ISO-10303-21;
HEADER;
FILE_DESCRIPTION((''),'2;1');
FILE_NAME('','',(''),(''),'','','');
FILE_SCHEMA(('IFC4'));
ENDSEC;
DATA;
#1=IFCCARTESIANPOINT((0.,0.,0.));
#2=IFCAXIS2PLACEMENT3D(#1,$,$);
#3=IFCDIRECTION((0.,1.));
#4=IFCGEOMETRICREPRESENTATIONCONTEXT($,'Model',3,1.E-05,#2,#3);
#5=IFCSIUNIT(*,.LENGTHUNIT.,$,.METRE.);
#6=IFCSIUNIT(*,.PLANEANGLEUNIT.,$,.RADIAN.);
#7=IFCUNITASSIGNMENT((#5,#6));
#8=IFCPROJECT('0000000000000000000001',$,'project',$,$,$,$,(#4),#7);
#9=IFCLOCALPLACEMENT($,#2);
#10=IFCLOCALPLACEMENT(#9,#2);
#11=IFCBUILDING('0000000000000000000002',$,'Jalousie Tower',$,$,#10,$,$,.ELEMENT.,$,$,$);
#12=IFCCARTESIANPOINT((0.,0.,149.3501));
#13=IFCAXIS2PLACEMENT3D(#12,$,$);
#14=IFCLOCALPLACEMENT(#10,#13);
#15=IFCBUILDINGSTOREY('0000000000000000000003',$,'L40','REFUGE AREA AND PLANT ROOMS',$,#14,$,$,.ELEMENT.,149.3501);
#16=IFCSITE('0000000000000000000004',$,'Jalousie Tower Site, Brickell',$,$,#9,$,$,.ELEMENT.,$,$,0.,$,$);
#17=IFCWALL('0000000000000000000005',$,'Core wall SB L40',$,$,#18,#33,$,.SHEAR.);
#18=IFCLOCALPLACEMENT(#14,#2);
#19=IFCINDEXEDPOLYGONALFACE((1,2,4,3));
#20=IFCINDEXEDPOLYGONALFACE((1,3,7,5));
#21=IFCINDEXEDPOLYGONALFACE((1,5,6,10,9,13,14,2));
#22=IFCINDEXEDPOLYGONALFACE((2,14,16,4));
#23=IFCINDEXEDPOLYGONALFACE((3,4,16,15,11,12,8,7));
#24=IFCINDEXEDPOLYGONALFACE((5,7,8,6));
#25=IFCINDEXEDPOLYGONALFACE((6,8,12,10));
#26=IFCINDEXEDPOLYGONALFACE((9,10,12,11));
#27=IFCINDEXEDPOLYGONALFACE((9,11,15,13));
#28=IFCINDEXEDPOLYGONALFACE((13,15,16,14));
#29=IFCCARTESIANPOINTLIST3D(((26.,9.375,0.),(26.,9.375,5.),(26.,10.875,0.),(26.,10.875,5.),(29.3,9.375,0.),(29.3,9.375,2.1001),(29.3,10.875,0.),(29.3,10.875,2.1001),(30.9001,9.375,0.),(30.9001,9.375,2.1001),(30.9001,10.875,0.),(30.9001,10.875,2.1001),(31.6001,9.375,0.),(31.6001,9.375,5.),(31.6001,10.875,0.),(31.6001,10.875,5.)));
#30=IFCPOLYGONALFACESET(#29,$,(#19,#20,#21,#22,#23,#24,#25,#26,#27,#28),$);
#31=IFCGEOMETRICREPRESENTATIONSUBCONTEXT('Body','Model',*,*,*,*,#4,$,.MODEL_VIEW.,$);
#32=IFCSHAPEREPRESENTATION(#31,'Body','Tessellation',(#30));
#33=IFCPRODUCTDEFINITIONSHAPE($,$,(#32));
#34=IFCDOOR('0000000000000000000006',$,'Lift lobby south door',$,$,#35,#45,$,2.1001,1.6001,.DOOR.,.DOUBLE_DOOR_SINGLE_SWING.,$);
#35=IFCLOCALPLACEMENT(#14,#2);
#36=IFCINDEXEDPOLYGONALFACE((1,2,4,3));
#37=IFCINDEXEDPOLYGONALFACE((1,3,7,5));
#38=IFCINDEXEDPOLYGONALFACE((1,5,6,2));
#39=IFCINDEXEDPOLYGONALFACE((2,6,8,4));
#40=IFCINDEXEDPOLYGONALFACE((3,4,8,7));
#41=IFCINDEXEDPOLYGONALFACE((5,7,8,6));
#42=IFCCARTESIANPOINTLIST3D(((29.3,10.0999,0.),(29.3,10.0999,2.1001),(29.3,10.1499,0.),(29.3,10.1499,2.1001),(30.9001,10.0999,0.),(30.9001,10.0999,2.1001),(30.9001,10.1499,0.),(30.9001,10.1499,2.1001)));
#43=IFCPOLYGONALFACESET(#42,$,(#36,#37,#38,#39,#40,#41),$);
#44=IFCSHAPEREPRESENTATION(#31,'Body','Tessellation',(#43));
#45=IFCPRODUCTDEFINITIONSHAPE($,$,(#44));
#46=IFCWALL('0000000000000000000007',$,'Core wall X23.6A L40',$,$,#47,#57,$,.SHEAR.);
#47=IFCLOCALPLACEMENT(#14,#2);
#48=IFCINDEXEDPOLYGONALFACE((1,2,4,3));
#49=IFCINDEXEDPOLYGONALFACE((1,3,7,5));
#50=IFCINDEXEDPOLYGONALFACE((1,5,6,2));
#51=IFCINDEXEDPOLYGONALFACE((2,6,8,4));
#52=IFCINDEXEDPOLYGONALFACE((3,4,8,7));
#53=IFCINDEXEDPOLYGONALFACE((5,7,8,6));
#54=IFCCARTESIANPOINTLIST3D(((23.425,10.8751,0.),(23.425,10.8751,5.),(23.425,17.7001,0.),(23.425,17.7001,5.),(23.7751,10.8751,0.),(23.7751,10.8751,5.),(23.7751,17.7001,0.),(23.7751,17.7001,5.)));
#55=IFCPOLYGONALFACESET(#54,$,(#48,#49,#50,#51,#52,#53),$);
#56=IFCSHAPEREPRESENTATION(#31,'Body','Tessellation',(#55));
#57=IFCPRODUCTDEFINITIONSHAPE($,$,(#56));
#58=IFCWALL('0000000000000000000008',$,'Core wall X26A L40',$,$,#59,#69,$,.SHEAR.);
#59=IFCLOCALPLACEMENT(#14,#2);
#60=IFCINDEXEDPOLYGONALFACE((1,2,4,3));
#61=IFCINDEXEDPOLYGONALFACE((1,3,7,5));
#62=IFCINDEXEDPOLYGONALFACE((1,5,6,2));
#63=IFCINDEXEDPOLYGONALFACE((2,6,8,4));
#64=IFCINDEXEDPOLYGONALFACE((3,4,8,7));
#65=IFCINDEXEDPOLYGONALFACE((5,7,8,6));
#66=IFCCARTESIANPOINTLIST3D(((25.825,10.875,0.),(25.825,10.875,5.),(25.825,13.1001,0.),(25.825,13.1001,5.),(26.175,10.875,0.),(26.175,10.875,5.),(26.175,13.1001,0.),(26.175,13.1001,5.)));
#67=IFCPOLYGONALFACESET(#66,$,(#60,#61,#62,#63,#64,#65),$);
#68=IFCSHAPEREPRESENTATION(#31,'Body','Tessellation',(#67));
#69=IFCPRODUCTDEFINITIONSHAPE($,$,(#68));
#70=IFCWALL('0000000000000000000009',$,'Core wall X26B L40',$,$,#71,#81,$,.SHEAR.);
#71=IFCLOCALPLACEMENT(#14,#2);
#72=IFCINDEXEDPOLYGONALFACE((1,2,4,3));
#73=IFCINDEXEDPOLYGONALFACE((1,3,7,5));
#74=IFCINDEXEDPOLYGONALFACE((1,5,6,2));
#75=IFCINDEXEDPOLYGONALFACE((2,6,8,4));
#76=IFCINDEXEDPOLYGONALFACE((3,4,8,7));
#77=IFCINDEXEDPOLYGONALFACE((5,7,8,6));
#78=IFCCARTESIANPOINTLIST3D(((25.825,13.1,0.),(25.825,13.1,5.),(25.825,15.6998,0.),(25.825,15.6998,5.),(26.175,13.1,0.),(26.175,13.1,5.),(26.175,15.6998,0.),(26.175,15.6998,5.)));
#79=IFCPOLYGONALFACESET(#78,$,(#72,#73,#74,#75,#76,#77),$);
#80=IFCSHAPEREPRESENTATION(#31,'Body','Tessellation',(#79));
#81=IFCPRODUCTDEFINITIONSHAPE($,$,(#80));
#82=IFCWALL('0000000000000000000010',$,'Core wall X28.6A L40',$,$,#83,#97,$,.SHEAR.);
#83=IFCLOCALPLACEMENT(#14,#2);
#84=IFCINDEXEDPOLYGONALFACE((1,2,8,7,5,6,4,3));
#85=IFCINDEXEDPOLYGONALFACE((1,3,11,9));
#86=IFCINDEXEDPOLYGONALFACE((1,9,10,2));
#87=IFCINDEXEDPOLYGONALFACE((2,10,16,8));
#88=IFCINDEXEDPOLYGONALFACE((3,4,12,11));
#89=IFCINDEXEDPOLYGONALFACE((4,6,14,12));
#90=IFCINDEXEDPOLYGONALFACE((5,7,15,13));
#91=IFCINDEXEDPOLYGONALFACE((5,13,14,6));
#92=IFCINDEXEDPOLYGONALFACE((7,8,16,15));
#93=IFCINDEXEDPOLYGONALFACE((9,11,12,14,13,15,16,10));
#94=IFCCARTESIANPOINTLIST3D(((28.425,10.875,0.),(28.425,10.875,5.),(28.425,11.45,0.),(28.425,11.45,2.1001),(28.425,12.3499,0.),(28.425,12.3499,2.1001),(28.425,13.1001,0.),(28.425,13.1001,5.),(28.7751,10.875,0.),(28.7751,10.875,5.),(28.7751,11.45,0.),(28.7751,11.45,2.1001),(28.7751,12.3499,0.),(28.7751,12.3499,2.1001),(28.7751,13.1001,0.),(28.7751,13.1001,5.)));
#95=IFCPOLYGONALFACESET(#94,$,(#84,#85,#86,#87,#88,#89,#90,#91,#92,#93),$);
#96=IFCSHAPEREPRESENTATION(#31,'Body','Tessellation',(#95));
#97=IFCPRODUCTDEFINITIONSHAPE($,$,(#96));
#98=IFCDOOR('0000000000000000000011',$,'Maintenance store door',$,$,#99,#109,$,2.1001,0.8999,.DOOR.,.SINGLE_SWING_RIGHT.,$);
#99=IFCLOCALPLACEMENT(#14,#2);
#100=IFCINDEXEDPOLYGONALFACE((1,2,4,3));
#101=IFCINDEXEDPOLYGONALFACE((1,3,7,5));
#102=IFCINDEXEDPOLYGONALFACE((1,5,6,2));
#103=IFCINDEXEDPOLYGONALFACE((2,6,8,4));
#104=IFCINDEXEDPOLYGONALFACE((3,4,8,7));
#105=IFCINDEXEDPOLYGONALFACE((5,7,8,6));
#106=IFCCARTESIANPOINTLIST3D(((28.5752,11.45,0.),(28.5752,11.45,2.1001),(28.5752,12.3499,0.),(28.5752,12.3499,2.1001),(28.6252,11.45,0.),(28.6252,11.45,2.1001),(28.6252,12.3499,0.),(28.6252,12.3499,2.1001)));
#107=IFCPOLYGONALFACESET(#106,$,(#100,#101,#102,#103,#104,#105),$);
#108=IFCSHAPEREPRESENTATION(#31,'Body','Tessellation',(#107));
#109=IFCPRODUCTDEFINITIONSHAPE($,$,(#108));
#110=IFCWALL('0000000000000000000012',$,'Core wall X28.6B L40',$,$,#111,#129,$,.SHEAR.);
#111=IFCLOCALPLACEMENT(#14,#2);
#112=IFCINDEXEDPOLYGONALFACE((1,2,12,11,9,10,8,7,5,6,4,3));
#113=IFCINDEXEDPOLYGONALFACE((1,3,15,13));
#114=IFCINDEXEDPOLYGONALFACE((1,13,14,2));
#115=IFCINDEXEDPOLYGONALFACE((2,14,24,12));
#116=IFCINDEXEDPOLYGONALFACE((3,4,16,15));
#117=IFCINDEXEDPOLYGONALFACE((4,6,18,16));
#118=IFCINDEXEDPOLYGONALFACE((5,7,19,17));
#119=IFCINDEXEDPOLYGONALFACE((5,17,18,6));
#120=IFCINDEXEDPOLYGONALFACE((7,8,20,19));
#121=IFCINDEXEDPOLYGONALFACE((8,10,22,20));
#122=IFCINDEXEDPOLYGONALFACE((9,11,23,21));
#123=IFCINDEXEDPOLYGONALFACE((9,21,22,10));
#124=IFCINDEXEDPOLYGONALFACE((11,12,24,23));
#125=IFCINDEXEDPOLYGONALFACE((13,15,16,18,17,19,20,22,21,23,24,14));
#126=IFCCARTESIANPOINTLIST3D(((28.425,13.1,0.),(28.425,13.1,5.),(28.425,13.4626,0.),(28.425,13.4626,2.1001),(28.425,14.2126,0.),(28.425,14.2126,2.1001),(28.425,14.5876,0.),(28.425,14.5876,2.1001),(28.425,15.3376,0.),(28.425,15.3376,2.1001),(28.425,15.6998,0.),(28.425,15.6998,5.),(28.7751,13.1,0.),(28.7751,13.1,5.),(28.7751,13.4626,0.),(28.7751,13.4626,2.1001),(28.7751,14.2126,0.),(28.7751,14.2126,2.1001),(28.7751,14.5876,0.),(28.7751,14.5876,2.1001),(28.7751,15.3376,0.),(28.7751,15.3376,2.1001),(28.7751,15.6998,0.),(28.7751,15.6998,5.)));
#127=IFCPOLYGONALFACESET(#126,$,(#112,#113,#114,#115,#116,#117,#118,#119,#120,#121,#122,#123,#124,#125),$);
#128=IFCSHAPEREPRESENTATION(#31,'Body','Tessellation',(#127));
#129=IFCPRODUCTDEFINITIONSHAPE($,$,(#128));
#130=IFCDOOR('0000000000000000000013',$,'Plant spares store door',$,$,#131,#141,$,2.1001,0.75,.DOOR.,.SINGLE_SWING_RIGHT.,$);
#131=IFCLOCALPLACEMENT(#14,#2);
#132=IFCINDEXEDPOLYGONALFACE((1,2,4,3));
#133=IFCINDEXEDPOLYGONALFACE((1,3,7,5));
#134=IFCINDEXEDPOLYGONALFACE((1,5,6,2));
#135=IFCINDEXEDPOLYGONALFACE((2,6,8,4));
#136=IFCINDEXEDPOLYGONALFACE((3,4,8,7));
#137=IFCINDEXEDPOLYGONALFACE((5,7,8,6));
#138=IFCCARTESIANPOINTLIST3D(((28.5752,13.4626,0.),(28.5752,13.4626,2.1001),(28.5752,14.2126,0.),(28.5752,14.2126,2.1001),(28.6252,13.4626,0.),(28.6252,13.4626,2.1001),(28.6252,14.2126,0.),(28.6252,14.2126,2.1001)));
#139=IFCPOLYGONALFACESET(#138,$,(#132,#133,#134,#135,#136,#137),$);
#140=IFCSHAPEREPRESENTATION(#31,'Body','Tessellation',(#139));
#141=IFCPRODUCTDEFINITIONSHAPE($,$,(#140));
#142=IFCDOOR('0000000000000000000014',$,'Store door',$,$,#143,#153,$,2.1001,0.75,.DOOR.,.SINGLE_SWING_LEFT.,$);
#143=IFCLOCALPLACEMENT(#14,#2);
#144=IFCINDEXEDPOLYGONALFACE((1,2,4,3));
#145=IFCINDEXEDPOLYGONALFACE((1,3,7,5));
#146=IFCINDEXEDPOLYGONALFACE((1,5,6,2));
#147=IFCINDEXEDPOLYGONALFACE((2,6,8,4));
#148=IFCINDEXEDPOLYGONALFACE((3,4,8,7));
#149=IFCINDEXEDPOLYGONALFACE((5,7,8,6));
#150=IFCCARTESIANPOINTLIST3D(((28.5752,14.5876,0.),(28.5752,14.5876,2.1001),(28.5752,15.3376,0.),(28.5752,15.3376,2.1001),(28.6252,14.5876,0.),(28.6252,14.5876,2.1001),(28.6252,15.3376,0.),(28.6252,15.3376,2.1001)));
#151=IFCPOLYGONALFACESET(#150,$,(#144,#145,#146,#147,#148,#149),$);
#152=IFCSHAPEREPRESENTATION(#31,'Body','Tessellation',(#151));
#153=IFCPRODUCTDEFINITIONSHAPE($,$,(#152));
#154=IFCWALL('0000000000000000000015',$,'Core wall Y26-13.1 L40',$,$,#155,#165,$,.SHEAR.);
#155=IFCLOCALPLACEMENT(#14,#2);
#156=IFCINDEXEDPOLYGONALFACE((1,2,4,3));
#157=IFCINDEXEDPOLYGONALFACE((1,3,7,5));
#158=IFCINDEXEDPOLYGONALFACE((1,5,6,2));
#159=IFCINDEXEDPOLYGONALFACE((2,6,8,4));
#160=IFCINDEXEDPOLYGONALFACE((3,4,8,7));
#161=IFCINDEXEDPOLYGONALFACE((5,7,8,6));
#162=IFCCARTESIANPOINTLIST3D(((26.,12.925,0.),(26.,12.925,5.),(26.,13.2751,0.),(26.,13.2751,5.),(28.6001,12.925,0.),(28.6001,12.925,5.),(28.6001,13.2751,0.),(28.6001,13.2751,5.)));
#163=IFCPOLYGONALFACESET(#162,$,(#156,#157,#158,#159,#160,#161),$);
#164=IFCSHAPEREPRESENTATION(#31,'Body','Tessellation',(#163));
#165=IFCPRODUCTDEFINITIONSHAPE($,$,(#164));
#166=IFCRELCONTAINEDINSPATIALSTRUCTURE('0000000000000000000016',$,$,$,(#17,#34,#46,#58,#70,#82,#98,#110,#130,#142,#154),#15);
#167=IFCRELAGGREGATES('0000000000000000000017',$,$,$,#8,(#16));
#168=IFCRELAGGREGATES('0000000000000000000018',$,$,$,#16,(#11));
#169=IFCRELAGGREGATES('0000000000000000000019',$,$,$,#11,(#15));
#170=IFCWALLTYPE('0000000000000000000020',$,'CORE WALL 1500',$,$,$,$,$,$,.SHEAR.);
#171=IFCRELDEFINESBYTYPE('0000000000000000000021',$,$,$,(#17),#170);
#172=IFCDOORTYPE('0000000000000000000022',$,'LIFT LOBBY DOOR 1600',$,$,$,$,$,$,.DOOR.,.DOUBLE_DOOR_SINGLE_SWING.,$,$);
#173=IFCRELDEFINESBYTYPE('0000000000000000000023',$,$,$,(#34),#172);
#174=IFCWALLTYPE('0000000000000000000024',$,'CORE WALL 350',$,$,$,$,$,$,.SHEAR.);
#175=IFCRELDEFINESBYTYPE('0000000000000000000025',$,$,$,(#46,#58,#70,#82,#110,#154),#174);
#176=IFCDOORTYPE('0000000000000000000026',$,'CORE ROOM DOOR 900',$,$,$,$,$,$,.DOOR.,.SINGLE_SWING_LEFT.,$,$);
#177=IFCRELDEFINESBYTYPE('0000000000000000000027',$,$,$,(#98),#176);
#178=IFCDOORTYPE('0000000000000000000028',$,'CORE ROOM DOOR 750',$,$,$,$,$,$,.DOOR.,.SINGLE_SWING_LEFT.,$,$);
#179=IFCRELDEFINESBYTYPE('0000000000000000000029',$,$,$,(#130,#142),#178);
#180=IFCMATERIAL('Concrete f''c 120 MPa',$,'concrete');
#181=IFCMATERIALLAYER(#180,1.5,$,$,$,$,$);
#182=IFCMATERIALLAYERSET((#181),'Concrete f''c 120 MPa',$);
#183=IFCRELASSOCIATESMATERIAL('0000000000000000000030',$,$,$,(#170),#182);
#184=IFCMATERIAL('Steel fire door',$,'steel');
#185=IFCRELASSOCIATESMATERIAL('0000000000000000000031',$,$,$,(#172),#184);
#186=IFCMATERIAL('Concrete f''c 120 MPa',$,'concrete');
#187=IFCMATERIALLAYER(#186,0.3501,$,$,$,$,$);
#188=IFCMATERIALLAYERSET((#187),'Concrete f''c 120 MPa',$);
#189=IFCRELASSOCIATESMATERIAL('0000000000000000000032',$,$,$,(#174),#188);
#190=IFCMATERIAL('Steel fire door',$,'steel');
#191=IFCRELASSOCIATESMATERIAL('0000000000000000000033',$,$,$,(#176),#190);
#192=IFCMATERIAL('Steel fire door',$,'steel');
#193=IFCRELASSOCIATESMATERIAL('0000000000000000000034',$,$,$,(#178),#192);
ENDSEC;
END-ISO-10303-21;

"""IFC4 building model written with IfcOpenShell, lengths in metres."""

from ifc_helpers import new_model, si_unit, direction, frame, frame_2d, origin, place, context, subcontext, project, spatial, rectangle, extrude, material, layer, layer_set, type_object, element, fill, save


model = new_model("IFC4")

# Units and contexts
model_context = context("Model", 3, precision=1e-05, world=origin(), true_north=direction((0.0, 1.0)))
body_context = subcontext(model_context, "Body", "Model", "MODEL_VIEW")
ifc_project = project(units=[si_unit("LENGTHUNIT", "METRE"), si_unit("PLANEANGLEUNIT", "RADIAN")], contexts=[model_context])

# Site, building, storey
site_placement = place(None, origin())
site = spatial("IfcSite", under=ifc_project, at=site_placement, Name="Jalousie Tower Site, Brickell", CompositionType="ELEMENT", RefElevation=0.0)
building_placement = place(site_placement, origin())
building = spatial("IfcBuilding", under=site, at=building_placement, Name="Jalousie Tower", CompositionType="ELEMENT")
storey_placement = place(building_placement, frame((0.0, 0.0, 149.3501)))
storey = spatial("IfcBuildingStorey", under=building, at=storey_placement, Name="L40", Description="REFUGE AREA AND PLANT ROOMS", CompositionType="ELEMENT", Elevation=149.3501)

# Wall, opening, door
ifc_material_1 = material(Name="Concrete f'c 120 MPa", Category="concrete")
ifc_layer_1 = layer(ifc_material_1, 1.5)
ifc_layer_set_1 = layer_set([ifc_layer_1], Name="Concrete f'c 120 MPa")
wall_type_1 = type_object("IfcWallType", Name="CORE WALL 1500", PredefinedType="SHEAR", material=ifc_layer_set_1)
wall_1_placement = place(storey_placement, frame((26.0, 10.125, 0.0), z_axis=(0.0, 0.0, 1.0), x_axis=(1.0, 0.0, 0.0)))
wall_1 = element("IfcWall", 1, at=wall_1_placement, inside=storey, type_object=wall_type_1, Name="Core wall SB L40", PredefinedType="SHEAR", context=body_context, shape_type="SweptSolid", body=[
    extrude(rectangle(XDim=5.6001, YDim=1.5, at=frame_2d((2.8, 0.0))), origin(), (0.0, 0.0, 1.0), 5.0),
])
opening_1_placement = place(wall_1_placement, frame((3.3, 0.0, 0.0)))
opening_1 = element("IfcOpeningElement", 2, at=opening_1_placement, cuts=wall_1, PredefinedType="OPENING", context=body_context, shape_type="SweptSolid", body=[
    extrude(rectangle(XDim=1.6001, YDim=2.1001, at=frame_2d((0.8, 1.05))), frame((0.0, 0.76, 0.0), z_axis=(0.0, -1.0, 0.0), x_axis=(1.0, 0.0, 0.0)), (0.0, 0.0, 1.0), 1.52),
])
ifc_material_2 = material(Name="Steel fire door", Category="steel")
door_type_1 = type_object("IfcDoorType", Name="LIFT LOBBY DOOR 1600", OperationType="DOUBLE_DOOR_SINGLE_SWING", PredefinedType="DOOR", material=ifc_material_2)
door_1_placement = place(opening_1_placement, origin())
door_1 = element("IfcDoor", 3, at=door_1_placement, inside=storey, type_object=door_type_1, Name="Lift lobby south door", OperationType="DOUBLE_DOOR_SINGLE_SWING", OverallHeight=2.1001, OverallWidth=1.6001, PredefinedType="DOOR", context=body_context, shape_type="SweptSolid", body=[
    extrude(rectangle(XDim=1.6001, YDim=2.1001, at=frame_2d((0.8, 1.05))), frame((0.0, 0.0249, 0.0), z_axis=(0.0, -1.0, 0.0), x_axis=(1.0, 0.0, 0.0)), (0.0, 0.0, 1.0), 0.05),
])
fill(opening_1, door_1)

# Walls
ifc_material_3 = material(Name="Concrete f'c 120 MPa", Category="concrete")
ifc_layer_2 = layer(ifc_material_3, 0.3501)
ifc_layer_set_2 = layer_set([ifc_layer_2], Name="Concrete f'c 120 MPa")
wall_type_2 = type_object("IfcWallType", Name="CORE WALL 350", PredefinedType="SHEAR", material=ifc_layer_set_2)
wall_2_placement = place(storey_placement, frame((23.6001, 10.875, 0.0), z_axis=(0.0, 0.0, 1.0), x_axis=(0.0, 1.0, 0.0)))
element("IfcWall", 4, at=wall_2_placement, inside=storey, type_object=wall_type_2, Name="Core wall X23.6A L40", PredefinedType="SHEAR", context=body_context, shape_type="SweptSolid", body=[
    extrude(rectangle(XDim=6.825, YDim=0.3501, at=frame_2d((3.4126, 0.0))), origin(), (0.0, 0.0, 1.0), 5.0),
])
wall_3_placement = place(storey_placement, frame((26.0, 10.875, 0.0), z_axis=(0.0, 0.0, 1.0), x_axis=(0.0, 1.0, 0.0)))
element("IfcWall", 5, at=wall_3_placement, inside=storey, type_object=wall_type_2, Name="Core wall X26A L40", PredefinedType="SHEAR", context=body_context, shape_type="SweptSolid", body=[
    extrude(rectangle(XDim=2.2251, YDim=0.3501, at=frame_2d((1.1125, 0.0))), origin(), (0.0, 0.0, 1.0), 5.0),
])
wall_4_placement = place(storey_placement, frame((26.0, 13.1001, 0.0), z_axis=(0.0, 0.0, 1.0), x_axis=(0.0, 1.0, 0.0)))
element("IfcWall", 6, at=wall_4_placement, inside=storey, type_object=wall_type_2, Name="Core wall X26B L40", PredefinedType="SHEAR", context=body_context, shape_type="SweptSolid", body=[
    extrude(rectangle(XDim=2.5999, YDim=0.3501, at=frame_2d((1.2998, 0.0))), origin(), (0.0, 0.0, 1.0), 5.0),
])

# Wall, opening, door
wall_5_placement = place(storey_placement, frame((28.6001, 10.875, 0.0), z_axis=(0.0, 0.0, 1.0), x_axis=(0.0, 1.0, 0.0)))
wall_5 = element("IfcWall", 7, at=wall_5_placement, inside=storey, type_object=wall_type_2, Name="Core wall X28.6A L40", PredefinedType="SHEAR", context=body_context, shape_type="SweptSolid", body=[
    extrude(rectangle(XDim=2.2251, YDim=0.3501, at=frame_2d((1.1125, 0.0))), origin(), (0.0, 0.0, 1.0), 5.0),
])
opening_2_placement = place(wall_5_placement, frame((0.575, 0.0, 0.0)))
opening_2 = element("IfcOpeningElement", 8, at=opening_2_placement, cuts=wall_5, PredefinedType="OPENING", context=body_context, shape_type="SweptSolid", body=[
    extrude(rectangle(XDim=0.8999, YDim=2.1001, at=frame_2d((0.45, 1.05))), frame((0.0, 0.1851, 0.0), z_axis=(0.0, -1.0, 0.0), x_axis=(1.0, 0.0, 0.0)), (0.0, 0.0, 1.0), 0.3701),
])
ifc_material_4 = material(Name="Steel fire door", Category="steel")
door_type_2 = type_object("IfcDoorType", Name="CORE ROOM DOOR 900", OperationType="SINGLE_SWING_LEFT", PredefinedType="DOOR", material=ifc_material_4)
door_2_placement = place(opening_2_placement, origin())
door_2 = element("IfcDoor", 9, at=door_2_placement, inside=storey, type_object=door_type_2, Name="Maintenance store door", OperationType="SINGLE_SWING_RIGHT", OverallHeight=2.1001, OverallWidth=0.8999, PredefinedType="DOOR", context=body_context, shape_type="SweptSolid", body=[
    extrude(rectangle(XDim=0.8999, YDim=2.1001, at=frame_2d((0.45, 1.05))), frame((0.0, 0.0249, 0.0), z_axis=(0.0, -1.0, 0.0), x_axis=(1.0, 0.0, 0.0)), (0.0, 0.0, 1.0), 0.05),
])
fill(opening_2, door_2)

# Wall, openings, doors
wall_6_placement = place(storey_placement, frame((28.6001, 13.1001, 0.0), z_axis=(0.0, 0.0, 1.0), x_axis=(0.0, 1.0, 0.0)))
wall_6 = element("IfcWall", 10, at=wall_6_placement, inside=storey, type_object=wall_type_2, Name="Core wall X28.6B L40", PredefinedType="SHEAR", context=body_context, shape_type="SweptSolid", body=[
    extrude(rectangle(XDim=2.5999, YDim=0.3501, at=frame_2d((1.2998, 0.0))), origin(), (0.0, 0.0, 1.0), 5.0),
])
opening_3_placement = place(wall_6_placement, frame((0.3625, 0.0, 0.0)))
opening_3 = element("IfcOpeningElement", 11, at=opening_3_placement, cuts=wall_6, PredefinedType="OPENING", context=body_context, shape_type="SweptSolid", body=[
    extrude(rectangle(XDim=0.75, YDim=2.1001, at=frame_2d((0.375, 1.05))), frame((0.0, 0.1851, 0.0), z_axis=(0.0, -1.0, 0.0), x_axis=(1.0, 0.0, 0.0)), (0.0, 0.0, 1.0), 0.3701),
])
opening_4_placement = place(wall_6_placement, frame((1.4875, 0.0, 0.0)))
opening_4 = element("IfcOpeningElement", 12, at=opening_4_placement, cuts=wall_6, PredefinedType="OPENING", context=body_context, shape_type="SweptSolid", body=[
    extrude(rectangle(XDim=0.75, YDim=2.1001, at=frame_2d((0.375, 1.05))), frame((0.0, 0.1851, 0.0), z_axis=(0.0, -1.0, 0.0), x_axis=(1.0, 0.0, 0.0)), (0.0, 0.0, 1.0), 0.3701),
])
ifc_material_5 = material(Name="Steel fire door", Category="steel")
door_type_3 = type_object("IfcDoorType", Name="CORE ROOM DOOR 750", OperationType="SINGLE_SWING_LEFT", PredefinedType="DOOR", material=ifc_material_5)
door_3_placement = place(opening_3_placement, origin())
door_3 = element("IfcDoor", 13, at=door_3_placement, inside=storey, type_object=door_type_3, Name="Plant spares store door", OperationType="SINGLE_SWING_RIGHT", OverallHeight=2.1001, OverallWidth=0.75, PredefinedType="DOOR", context=body_context, shape_type="SweptSolid", body=[
    extrude(rectangle(XDim=0.75, YDim=2.1001, at=frame_2d((0.375, 1.05))), frame((0.0, 0.0249, 0.0), z_axis=(0.0, -1.0, 0.0), x_axis=(1.0, 0.0, 0.0)), (0.0, 0.0, 1.0), 0.05),
])
fill(opening_3, door_3)
door_4_placement = place(opening_4_placement, origin())
door_4 = element("IfcDoor", 14, at=door_4_placement, inside=storey, type_object=door_type_3, Name="Store door", OperationType="SINGLE_SWING_LEFT", OverallHeight=2.1001, OverallWidth=0.75, PredefinedType="DOOR", context=body_context, shape_type="SweptSolid", body=[
    extrude(rectangle(XDim=0.75, YDim=2.1001, at=frame_2d((0.375, 1.05))), frame((0.0, 0.0249, 0.0), z_axis=(0.0, -1.0, 0.0), x_axis=(1.0, 0.0, 0.0)), (0.0, 0.0, 1.0), 0.05),
])
fill(opening_4, door_4)

# Wall
wall_7_placement = place(storey_placement, frame((26.0, 13.1001, 0.0), z_axis=(0.0, 0.0, 1.0), x_axis=(1.0, 0.0, 0.0)))
element("IfcWall", 15, at=wall_7_placement, inside=storey, type_object=wall_type_2, Name="Core wall Y26-13.1 L40", PredefinedType="SHEAR", context=body_context, shape_type="SweptSolid", body=[
    extrude(rectangle(XDim=2.6001, YDim=0.3501, at=frame_2d((1.3, 0.0))), origin(), (0.0, 0.0, 1.0), 5.0),
])

save(model, "model.ifc")
